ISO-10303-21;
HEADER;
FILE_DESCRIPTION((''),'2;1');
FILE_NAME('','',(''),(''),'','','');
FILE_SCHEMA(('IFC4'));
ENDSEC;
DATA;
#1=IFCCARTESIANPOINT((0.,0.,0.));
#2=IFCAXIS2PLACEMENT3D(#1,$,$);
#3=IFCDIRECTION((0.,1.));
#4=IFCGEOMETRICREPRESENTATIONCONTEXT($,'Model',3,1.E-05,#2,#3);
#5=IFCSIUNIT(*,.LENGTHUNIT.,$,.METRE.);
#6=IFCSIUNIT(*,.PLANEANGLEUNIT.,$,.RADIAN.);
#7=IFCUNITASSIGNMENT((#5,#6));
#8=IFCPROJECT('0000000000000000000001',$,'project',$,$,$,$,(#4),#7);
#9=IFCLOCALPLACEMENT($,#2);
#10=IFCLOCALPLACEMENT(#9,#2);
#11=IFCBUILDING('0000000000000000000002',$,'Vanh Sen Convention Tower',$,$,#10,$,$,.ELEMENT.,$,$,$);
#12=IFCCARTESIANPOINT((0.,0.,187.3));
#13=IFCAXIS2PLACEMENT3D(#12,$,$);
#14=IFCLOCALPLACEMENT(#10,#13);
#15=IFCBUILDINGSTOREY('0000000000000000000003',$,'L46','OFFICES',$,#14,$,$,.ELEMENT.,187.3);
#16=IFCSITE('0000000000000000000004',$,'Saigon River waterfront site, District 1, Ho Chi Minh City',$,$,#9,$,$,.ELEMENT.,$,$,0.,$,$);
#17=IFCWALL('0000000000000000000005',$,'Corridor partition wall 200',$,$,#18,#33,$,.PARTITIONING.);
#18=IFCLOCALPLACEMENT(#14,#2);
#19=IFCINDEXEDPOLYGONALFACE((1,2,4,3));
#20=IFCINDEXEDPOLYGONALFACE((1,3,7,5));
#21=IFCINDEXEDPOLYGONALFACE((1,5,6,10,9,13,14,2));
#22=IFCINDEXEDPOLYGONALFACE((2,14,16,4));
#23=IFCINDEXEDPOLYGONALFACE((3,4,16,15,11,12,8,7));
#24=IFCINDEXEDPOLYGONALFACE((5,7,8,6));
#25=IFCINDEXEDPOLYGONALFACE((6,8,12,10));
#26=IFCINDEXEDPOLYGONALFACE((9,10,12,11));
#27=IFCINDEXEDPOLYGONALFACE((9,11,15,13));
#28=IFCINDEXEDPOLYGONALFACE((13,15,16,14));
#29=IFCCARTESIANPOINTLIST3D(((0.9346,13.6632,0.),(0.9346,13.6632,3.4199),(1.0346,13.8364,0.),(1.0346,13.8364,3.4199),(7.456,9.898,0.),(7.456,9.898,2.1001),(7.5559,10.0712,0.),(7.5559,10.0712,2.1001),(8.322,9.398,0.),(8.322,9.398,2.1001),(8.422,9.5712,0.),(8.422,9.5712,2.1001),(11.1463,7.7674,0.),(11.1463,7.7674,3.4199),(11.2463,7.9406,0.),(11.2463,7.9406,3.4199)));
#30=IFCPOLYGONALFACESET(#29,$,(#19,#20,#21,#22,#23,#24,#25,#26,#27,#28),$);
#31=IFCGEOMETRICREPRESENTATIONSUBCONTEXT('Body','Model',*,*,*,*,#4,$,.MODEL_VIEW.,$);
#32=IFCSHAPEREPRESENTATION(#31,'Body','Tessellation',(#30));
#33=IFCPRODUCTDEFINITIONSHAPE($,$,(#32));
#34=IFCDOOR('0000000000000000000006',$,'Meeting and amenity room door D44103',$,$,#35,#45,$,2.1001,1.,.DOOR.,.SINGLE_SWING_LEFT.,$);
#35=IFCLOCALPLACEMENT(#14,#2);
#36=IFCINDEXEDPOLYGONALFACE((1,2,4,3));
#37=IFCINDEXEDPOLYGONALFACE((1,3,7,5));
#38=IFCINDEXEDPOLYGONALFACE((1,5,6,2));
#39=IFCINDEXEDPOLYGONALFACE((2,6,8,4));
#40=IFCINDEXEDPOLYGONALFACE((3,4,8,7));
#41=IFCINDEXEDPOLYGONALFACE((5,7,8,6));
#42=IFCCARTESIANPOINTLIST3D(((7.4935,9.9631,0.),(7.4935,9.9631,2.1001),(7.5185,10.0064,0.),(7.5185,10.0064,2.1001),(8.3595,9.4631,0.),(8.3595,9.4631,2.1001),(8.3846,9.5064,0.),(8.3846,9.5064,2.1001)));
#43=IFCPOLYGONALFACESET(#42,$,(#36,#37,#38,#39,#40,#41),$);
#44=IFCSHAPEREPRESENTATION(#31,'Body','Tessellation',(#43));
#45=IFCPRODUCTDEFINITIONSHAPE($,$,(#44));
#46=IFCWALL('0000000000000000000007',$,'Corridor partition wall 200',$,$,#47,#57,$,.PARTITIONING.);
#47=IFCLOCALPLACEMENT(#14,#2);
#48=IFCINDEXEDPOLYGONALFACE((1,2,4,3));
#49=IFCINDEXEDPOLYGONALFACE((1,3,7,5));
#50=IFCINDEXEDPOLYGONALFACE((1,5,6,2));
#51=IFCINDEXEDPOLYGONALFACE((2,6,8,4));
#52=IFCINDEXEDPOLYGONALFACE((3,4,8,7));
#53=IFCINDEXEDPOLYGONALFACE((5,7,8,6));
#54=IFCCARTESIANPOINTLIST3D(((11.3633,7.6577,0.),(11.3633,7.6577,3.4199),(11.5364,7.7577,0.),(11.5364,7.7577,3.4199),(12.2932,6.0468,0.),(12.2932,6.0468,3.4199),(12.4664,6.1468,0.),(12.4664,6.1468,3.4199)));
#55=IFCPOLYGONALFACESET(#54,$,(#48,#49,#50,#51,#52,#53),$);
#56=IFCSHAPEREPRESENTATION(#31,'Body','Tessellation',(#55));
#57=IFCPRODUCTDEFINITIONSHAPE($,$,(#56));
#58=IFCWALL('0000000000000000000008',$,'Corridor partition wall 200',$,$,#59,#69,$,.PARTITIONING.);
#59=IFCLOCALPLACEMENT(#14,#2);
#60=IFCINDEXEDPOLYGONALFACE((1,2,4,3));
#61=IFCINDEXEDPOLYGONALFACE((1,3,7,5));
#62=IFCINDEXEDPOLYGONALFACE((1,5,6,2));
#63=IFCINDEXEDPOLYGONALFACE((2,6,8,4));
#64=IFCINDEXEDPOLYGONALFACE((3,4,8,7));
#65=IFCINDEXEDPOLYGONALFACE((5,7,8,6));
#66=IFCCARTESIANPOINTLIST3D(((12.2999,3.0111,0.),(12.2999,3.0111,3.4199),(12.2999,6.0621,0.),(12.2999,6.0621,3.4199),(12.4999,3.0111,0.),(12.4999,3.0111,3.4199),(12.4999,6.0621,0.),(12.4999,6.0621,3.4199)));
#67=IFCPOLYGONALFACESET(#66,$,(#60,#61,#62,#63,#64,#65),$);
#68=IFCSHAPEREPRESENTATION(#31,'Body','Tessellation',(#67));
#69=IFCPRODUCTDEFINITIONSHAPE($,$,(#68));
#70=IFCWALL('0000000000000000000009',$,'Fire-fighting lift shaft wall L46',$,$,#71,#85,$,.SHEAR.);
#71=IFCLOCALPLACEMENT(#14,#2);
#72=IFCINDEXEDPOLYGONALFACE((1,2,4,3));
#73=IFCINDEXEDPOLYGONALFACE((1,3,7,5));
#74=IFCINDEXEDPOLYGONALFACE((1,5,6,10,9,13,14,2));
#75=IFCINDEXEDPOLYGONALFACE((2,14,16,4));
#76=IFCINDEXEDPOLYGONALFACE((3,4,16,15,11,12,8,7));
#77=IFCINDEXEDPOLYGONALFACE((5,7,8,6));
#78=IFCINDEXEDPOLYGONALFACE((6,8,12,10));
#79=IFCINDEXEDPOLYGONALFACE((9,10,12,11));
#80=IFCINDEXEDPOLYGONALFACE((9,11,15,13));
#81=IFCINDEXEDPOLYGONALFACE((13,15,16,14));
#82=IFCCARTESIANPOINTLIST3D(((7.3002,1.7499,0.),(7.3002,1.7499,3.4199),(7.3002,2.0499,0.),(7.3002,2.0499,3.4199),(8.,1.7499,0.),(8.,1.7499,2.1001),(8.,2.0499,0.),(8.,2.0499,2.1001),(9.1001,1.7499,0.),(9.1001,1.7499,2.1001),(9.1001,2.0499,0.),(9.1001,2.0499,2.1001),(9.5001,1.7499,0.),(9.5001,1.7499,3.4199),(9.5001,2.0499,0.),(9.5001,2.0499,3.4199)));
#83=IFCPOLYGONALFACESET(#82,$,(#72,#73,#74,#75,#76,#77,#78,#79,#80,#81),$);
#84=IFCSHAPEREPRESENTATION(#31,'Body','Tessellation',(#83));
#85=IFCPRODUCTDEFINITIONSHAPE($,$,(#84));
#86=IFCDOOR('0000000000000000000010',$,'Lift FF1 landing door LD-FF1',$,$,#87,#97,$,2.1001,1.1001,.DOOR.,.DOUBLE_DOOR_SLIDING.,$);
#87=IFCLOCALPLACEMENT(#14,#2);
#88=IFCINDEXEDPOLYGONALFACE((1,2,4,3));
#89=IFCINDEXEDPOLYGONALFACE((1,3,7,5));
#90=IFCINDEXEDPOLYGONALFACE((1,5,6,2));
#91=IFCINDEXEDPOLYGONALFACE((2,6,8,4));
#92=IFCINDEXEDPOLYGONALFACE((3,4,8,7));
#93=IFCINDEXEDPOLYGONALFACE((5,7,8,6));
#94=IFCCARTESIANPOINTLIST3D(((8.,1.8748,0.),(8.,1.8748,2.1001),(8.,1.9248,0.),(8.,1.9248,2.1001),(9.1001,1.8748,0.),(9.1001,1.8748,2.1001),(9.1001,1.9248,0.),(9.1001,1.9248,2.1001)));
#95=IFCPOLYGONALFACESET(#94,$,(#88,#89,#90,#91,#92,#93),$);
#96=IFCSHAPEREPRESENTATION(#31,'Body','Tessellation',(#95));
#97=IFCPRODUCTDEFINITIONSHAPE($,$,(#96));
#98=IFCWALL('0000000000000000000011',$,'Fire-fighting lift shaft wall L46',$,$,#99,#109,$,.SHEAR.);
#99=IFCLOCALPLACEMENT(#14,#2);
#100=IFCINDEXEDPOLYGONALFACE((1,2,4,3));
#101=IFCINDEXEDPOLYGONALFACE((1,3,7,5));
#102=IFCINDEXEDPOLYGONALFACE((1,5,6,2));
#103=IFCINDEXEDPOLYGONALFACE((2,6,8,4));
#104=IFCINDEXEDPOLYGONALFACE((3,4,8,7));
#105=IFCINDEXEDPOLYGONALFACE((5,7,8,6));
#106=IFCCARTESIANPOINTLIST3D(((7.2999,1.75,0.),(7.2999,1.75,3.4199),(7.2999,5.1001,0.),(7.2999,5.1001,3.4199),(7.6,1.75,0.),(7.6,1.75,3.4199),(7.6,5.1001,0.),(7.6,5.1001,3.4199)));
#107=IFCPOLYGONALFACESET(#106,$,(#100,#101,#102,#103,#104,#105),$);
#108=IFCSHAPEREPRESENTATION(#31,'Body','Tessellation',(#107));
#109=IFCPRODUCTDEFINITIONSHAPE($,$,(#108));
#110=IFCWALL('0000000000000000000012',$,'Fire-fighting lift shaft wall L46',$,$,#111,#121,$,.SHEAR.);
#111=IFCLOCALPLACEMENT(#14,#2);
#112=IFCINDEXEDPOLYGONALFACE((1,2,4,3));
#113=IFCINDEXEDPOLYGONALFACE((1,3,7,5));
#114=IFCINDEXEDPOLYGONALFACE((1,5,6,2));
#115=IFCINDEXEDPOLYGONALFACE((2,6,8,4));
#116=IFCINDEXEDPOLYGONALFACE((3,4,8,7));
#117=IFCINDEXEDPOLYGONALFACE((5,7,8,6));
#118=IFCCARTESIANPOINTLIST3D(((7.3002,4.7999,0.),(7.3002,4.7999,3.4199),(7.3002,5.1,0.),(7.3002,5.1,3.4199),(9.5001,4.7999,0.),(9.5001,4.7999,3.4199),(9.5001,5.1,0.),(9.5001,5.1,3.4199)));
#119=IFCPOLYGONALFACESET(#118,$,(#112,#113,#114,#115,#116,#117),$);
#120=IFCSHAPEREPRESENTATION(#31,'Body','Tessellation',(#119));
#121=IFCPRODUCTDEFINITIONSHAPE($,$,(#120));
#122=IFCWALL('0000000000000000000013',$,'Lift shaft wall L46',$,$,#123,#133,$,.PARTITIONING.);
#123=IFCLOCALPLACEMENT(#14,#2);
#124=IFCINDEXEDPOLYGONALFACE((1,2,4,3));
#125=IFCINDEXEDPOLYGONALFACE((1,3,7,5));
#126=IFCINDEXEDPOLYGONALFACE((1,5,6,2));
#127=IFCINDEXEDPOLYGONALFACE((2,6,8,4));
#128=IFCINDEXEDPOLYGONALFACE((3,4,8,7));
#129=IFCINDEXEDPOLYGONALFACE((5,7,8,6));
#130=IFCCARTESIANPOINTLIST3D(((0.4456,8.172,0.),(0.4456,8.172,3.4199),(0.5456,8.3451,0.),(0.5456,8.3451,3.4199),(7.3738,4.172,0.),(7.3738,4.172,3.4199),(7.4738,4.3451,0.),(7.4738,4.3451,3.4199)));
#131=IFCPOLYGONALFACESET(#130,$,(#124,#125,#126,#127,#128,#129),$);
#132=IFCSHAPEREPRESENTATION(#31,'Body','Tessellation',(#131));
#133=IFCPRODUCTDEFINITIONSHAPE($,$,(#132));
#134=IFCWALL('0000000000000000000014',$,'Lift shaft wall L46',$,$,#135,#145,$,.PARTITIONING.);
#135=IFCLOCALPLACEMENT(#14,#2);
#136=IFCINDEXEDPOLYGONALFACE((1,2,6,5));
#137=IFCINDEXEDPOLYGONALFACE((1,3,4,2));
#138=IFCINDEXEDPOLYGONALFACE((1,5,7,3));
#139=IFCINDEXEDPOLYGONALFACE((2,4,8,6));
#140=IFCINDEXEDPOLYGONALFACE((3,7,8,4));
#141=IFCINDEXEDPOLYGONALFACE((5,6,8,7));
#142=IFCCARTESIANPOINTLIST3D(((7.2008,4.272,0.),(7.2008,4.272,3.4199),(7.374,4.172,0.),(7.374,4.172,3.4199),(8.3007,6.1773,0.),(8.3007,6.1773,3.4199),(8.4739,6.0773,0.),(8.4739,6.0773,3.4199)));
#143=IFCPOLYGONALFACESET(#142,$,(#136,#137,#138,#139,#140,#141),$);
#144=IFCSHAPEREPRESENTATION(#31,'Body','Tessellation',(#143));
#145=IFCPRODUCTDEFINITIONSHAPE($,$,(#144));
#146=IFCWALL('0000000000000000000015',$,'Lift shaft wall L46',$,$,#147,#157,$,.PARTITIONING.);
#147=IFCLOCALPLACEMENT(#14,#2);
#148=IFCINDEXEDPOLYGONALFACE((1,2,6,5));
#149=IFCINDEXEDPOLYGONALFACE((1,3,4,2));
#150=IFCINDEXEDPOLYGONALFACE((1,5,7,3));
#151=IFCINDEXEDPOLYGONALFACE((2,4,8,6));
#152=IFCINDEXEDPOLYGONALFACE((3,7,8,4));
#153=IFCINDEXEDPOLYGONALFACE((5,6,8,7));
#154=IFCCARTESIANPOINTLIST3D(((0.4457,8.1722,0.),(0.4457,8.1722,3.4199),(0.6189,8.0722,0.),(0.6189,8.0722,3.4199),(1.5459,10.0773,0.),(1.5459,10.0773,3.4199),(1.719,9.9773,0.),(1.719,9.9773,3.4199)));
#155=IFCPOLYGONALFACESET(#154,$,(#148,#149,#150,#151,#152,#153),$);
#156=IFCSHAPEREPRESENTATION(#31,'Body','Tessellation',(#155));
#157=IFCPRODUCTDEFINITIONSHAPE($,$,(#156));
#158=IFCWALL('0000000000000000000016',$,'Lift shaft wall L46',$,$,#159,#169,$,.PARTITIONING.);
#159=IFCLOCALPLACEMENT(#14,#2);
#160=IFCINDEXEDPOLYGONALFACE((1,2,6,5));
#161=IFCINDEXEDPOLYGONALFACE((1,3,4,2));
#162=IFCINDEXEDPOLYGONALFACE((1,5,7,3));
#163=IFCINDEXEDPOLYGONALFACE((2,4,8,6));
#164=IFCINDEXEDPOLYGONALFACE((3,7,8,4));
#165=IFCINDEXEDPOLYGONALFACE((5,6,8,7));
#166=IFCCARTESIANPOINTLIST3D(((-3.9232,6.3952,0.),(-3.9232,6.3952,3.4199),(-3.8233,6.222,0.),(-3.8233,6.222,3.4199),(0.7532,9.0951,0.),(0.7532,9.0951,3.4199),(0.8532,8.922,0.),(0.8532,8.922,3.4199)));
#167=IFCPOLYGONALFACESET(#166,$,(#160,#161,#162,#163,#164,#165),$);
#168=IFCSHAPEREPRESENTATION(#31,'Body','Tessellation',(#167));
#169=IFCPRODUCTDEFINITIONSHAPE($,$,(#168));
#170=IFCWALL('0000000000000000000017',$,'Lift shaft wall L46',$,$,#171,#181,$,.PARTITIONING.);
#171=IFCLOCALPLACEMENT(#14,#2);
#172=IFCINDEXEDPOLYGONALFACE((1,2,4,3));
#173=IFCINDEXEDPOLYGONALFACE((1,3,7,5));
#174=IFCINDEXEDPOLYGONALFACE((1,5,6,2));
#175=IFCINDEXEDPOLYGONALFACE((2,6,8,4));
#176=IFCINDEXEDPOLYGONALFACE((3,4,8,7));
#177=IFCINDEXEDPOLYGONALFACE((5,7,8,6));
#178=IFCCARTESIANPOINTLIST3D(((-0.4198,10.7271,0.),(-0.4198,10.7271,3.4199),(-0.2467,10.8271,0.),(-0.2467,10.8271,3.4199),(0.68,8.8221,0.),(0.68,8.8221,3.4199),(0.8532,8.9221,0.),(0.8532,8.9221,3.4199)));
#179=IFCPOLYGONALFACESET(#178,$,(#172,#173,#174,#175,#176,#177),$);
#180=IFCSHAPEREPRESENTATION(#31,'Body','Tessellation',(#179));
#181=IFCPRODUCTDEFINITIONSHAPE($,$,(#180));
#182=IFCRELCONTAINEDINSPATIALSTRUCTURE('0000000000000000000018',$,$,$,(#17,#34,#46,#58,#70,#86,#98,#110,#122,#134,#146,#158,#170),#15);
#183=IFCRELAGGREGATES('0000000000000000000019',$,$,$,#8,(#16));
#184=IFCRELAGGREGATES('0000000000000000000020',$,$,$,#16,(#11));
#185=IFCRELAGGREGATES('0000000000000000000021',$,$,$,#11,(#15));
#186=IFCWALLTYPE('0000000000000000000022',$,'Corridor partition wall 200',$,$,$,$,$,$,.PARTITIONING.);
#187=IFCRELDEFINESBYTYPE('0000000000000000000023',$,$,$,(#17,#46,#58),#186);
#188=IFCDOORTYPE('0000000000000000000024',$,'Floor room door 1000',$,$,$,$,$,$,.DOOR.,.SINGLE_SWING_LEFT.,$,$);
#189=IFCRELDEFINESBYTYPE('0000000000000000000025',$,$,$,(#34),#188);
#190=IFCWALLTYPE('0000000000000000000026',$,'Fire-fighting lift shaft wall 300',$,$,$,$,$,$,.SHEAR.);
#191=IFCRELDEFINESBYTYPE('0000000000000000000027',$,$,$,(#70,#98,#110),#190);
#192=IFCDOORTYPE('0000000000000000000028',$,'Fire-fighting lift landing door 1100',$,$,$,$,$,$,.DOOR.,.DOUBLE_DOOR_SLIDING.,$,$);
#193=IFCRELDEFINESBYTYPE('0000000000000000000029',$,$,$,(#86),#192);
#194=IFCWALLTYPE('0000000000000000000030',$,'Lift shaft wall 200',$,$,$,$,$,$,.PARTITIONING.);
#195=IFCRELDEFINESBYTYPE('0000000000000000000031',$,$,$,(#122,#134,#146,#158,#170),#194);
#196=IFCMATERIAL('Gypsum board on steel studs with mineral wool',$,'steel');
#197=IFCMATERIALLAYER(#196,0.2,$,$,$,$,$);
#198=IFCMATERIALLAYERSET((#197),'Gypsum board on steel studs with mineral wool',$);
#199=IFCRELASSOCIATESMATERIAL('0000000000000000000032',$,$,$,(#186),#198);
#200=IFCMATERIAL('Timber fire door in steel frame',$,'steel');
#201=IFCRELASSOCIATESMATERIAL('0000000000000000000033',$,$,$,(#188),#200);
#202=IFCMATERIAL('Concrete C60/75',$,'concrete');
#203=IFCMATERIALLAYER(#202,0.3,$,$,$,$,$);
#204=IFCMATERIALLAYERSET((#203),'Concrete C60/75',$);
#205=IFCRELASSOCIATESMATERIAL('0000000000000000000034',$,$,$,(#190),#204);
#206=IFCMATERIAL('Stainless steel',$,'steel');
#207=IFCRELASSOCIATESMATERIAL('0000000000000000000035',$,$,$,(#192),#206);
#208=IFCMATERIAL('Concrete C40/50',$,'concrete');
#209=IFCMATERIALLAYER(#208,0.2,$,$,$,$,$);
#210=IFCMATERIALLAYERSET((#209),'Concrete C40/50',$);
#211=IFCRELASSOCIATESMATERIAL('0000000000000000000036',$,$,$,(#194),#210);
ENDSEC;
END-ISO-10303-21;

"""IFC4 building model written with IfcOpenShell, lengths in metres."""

from ifc_helpers import new_model, si_unit, direction, frame, frame_2d, origin, place, context, subcontext, project, spatial, rectangle, extrude, material, layer, layer_set, type_object, element, fill, save


model = new_model("IFC4")

# Units and contexts
model_context = context("Model", 3, precision=1e-05, world=origin(), true_north=direction((0.0, 1.0)))
body_context = subcontext(model_context, "Body", "Model", "MODEL_VIEW")
ifc_project = project(units=[si_unit("LENGTHUNIT", "METRE"), si_unit("PLANEANGLEUNIT", "RADIAN")], contexts=[model_context])

# Site, building, storey
site_placement = place(None, origin())
site = spatial("IfcSite", under=ifc_project, at=site_placement, Name="Saigon River waterfront site, District 1, Ho Chi Minh City", CompositionType="ELEMENT", RefElevation=0.0)
building_placement = place(site_placement, origin())
building = spatial("IfcBuilding", under=site, at=building_placement, Name="Vanh Sen Convention Tower", CompositionType="ELEMENT")
storey_placement = place(building_placement, frame((0.0, 0.0, 187.3)))
storey = spatial("IfcBuildingStorey", under=building, at=storey_placement, Name="L46", Description="OFFICES", CompositionType="ELEMENT", Elevation=187.3)

# Wall, opening, door
ifc_material_1 = material(Name="Gypsum board on steel studs with mineral wool", Category="steel")
ifc_layer_1 = layer(ifc_material_1, 0.2)
ifc_layer_set_1 = layer_set([ifc_layer_1], Name="Gypsum board on steel studs with mineral wool")
wall_type_1 = type_object("IfcWallType", Name="Corridor partition wall 200", PredefinedType="PARTITIONING", material=ifc_layer_set_1)
wall_1_placement = place(storey_placement, frame((11.1963, 7.854, 0.0), z_axis=(0.0, 0.0, 1.0), x_axis=(-0.866024, 0.500003, 0.0)))
wall_1 = element("IfcWall", 1, at=wall_1_placement, inside=storey, type_object=wall_type_1, Name="Corridor partition wall 200", PredefinedType="PARTITIONING", context=body_context, shape_type="SweptSolid", body=[
    extrude(rectangle(XDim=11.7915, YDim=0.2, at=frame_2d((5.8958, 0.0))), origin(), (0.0, 0.0, 1.0), 3.4199),
])
opening_1_placement = place(wall_1_placement, frame((3.2612, 0.0, 0.0)))
opening_1 = element("IfcOpeningElement", 2, at=opening_1_placement, cuts=wall_1, PredefinedType="OPENING", context=body_context, shape_type="SweptSolid", body=[
    extrude(rectangle(XDim=1.0, YDim=2.1001, at=frame_2d((0.5, 1.05))), frame((0.0, 0.1099, 0.0), z_axis=(0.0, -1.0, 0.0), x_axis=(1.0, 0.0, 0.0)), (0.0, 0.0, 1.0), 0.22),
])
ifc_material_2 = material(Name="Timber fire door in steel frame", Category="steel")
door_type_1 = type_object("IfcDoorType", Name="Floor room door 1000", OperationType="SINGLE_SWING_LEFT", PredefinedType="DOOR", material=ifc_material_2)
door_1_placement = place(opening_1_placement, origin())
door_1 = element("IfcDoor", 3, at=door_1_placement, inside=storey, type_object=door_type_1, Name="Meeting and amenity room door D44103", OperationType="SINGLE_SWING_LEFT", OverallHeight=2.1001, OverallWidth=1.0, PredefinedType="DOOR", context=body_context, shape_type="SweptSolid", body=[
    extrude(rectangle(XDim=1.0, YDim=2.1001, at=frame_2d((0.5, 1.05))), frame((0.0, 0.0249, 0.0), z_axis=(0.0, -1.0, 0.0), x_axis=(1.0, 0.0, 0.0)), (0.0, 0.0, 1.0), 0.05),
])
fill(opening_1, door_1)

# Walls
wall_2_placement = place(storey_placement, frame((12.3799, 6.0967, 0.0), z_axis=(0.0, 0.0, 1.0), x_axis=(-0.499965, 0.866046, 0.0)))
element("IfcWall", 4, at=wall_2_placement, inside=storey, type_object=wall_type_1, Name="Corridor partition wall 200", PredefinedType="PARTITIONING", context=body_context, shape_type="SweptSolid", body=[
    extrude(rectangle(XDim=1.8601, YDim=0.2, at=frame_2d((0.9302, 0.0))), origin(), (0.0, 0.0, 1.0), 3.4199),
])
wall_3_placement = place(storey_placement, frame((12.3999, 3.0112, 0.0), z_axis=(0.0, 0.0, 1.0), x_axis=(0.0, 1.0, 0.0)))
element("IfcWall", 5, at=wall_3_placement, inside=storey, type_object=wall_type_1, Name="Corridor partition wall 200", PredefinedType="PARTITIONING", context=body_context, shape_type="SweptSolid", body=[
    extrude(rectangle(XDim=3.051, YDim=0.2, at=frame_2d((1.5254, 0.0))), origin(), (0.0, 0.0, 1.0), 3.4199),
])

# Wall, opening, door
ifc_material_3 = material(Name="Concrete C60/75", Category="concrete")
ifc_layer_2 = layer(ifc_material_3, 0.3)
ifc_layer_set_2 = layer_set([ifc_layer_2], Name="Concrete C60/75")
wall_type_2 = type_object("IfcWallType", Name="Fire-fighting lift shaft wall 300", PredefinedType="SHEAR", material=ifc_layer_set_2)
wall_4_placement = place(storey_placement, frame((7.3, 1.8999, 0.0), z_axis=(0.0, 0.0, 1.0), x_axis=(1.0, 0.0, 0.0)))
wall_4 = element("IfcWall", 6, at=wall_4_placement, inside=storey, type_object=wall_type_2, Name="Fire-fighting lift shaft wall L46", PredefinedType="SHEAR", context=body_context, shape_type="SweptSolid", body=[
    extrude(rectangle(XDim=2.2, YDim=0.3, at=frame_2d((1.1001, 0.0))), origin(), (0.0, 0.0, 1.0), 3.4199),
])
opening_2_placement = place(wall_4_placement, frame((0.7, 0.0, 0.0)))
opening_2 = element("IfcOpeningElement", 7, at=opening_2_placement, cuts=wall_4, PredefinedType="OPENING", context=body_context, shape_type="SweptSolid", body=[
    extrude(rectangle(XDim=1.1001, YDim=2.1001, at=frame_2d((0.55, 1.05))), frame((0.0, 0.1599, 0.0), z_axis=(0.0, -1.0, 0.0), x_axis=(1.0, 0.0, 0.0)), (0.0, 0.0, 1.0), 0.3201),
])
ifc_material_4 = material(Name="Stainless steel", Category="steel")
door_type_2 = type_object("IfcDoorType", Name="Fire-fighting lift landing door 1100", OperationType="DOUBLE_DOOR_SLIDING", PredefinedType="DOOR", material=ifc_material_4)
door_2_placement = place(opening_2_placement, origin())
door_2 = element("IfcDoor", 8, at=door_2_placement, inside=storey, type_object=door_type_2, Name="Lift FF1 landing door LD-FF1", OperationType="DOUBLE_DOOR_SLIDING", OverallHeight=2.1001, OverallWidth=1.1001, PredefinedType="DOOR", context=body_context, shape_type="SweptSolid", body=[
    extrude(rectangle(XDim=1.1001, YDim=2.1001, at=frame_2d((0.55, 1.05))), frame((0.0, 0.0249, 0.0), z_axis=(0.0, -1.0, 0.0), x_axis=(1.0, 0.0, 0.0)), (0.0, 0.0, 1.0), 0.05),
])
fill(opening_2, door_2)

# Walls
wall_5_placement = place(storey_placement, frame((7.45, 1.75, 0.0), z_axis=(0.0, 0.0, 1.0), x_axis=(0.0, 1.0, 0.0)))
element("IfcWall", 9, at=wall_5_placement, inside=storey, type_object=wall_type_2, Name="Fire-fighting lift shaft wall L46", PredefinedType="SHEAR", context=body_context, shape_type="SweptSolid", body=[
    extrude(rectangle(XDim=3.3501, YDim=0.3, at=frame_2d((1.675, 0.0))), origin(), (0.0, 0.0, 1.0), 3.4199),
])
wall_6_placement = place(storey_placement, frame((7.3, 4.95, 0.0), z_axis=(0.0, 0.0, 1.0), x_axis=(1.0, 0.0, 0.0)))
element("IfcWall", 10, at=wall_6_placement, inside=storey, type_object=wall_type_2, Name="Fire-fighting lift shaft wall L46", PredefinedType="SHEAR", context=body_context, shape_type="SweptSolid", body=[
    extrude(rectangle(XDim=2.2, YDim=0.3, at=frame_2d((1.1001, 0.0))), origin(), (0.0, 0.0, 1.0), 3.4199),
])
ifc_material_5 = material(Name="Concrete C40/50", Category="concrete")
ifc_layer_3 = layer(ifc_material_5, 0.2)
ifc_layer_set_3 = layer_set([ifc_layer_3], Name="Concrete C40/50")
wall_type_3 = type_object("IfcWallType", Name="Lift shaft wall 200", PredefinedType="PARTITIONING", material=ifc_layer_set_3)
wall_7_placement = place(storey_placement, frame((7.4238, 4.2585, 0.0), z_axis=(0.0, 0.0, 1.0), x_axis=(-0.866026, 0.499999, 0.0)))
element("IfcWall", 11, at=wall_7_placement, inside=storey, type_object=wall_type_3, Name="Lift shaft wall L46", PredefinedType="PARTITIONING", context=body_context, shape_type="SweptSolid", body=[
    extrude(rectangle(XDim=8.0, YDim=0.2, at=frame_2d((4.0, 0.0))), origin(), (0.0, 0.0, 1.0), 3.4199),
])
for number, where, z_axis, x_axis, name in (
    (12, (7.2874, 4.2219, 0.0), (0.0, 0.0, 1.0), (0.499947, 0.866056, 0.0), "Lift shaft wall L46"),
    (13, (0.5322, 8.1221, 0.0), (0.0, 0.0, 1.0), (0.500078, 0.86598, 0.0), "Lift shaft wall L46"),
):
    element("IfcWall", number, at=place(storey_placement, frame(where, z_axis=z_axis, x_axis=x_axis)), inside=storey, type_object=wall_type_3, Name=name, PredefinedType="PARTITIONING", context=body_context, shape_type="SweptSolid", body=[
        extrude(rectangle(XDim=2.2, YDim=0.2, at=frame_2d((1.1001, 0.0))), origin(), (0.0, 0.0, 1.0), 3.4199),
    ])
wall_8_placement = place(storey_placement, frame((0.8032, 9.0085, 0.0), z_axis=(0.0, 0.0, 1.0), x_axis=(-0.866028, -0.499995, 0.0)))
element("IfcWall", 14, at=wall_8_placement, inside=storey, type_object=wall_type_3, Name="Lift shaft wall L46", PredefinedType="PARTITIONING", context=body_context, shape_type="SweptSolid", body=[
    extrude(rectangle(XDim=5.3999, YDim=0.2, at=frame_2d((2.7, 0.0))), origin(), (0.0, 0.0, 1.0), 3.4199),
])
wall_9_placement = place(storey_placement, frame((0.7666, 8.8721, 0.0), z_axis=(0.0, 0.0, 1.0), x_axis=(-0.499995, 0.866028, 0.0)))
element("IfcWall", 15, at=wall_9_placement, inside=storey, type_object=wall_type_3, Name="Lift shaft wall L46", PredefinedType="PARTITIONING", context=body_context, shape_type="SweptSolid", body=[
    extrude(rectangle(XDim=2.1997, YDim=0.2, at=frame_2d((1.0999, 0.0))), origin(), (0.0, 0.0, 1.0), 3.4199),
])

save(model, "model.ifc")
